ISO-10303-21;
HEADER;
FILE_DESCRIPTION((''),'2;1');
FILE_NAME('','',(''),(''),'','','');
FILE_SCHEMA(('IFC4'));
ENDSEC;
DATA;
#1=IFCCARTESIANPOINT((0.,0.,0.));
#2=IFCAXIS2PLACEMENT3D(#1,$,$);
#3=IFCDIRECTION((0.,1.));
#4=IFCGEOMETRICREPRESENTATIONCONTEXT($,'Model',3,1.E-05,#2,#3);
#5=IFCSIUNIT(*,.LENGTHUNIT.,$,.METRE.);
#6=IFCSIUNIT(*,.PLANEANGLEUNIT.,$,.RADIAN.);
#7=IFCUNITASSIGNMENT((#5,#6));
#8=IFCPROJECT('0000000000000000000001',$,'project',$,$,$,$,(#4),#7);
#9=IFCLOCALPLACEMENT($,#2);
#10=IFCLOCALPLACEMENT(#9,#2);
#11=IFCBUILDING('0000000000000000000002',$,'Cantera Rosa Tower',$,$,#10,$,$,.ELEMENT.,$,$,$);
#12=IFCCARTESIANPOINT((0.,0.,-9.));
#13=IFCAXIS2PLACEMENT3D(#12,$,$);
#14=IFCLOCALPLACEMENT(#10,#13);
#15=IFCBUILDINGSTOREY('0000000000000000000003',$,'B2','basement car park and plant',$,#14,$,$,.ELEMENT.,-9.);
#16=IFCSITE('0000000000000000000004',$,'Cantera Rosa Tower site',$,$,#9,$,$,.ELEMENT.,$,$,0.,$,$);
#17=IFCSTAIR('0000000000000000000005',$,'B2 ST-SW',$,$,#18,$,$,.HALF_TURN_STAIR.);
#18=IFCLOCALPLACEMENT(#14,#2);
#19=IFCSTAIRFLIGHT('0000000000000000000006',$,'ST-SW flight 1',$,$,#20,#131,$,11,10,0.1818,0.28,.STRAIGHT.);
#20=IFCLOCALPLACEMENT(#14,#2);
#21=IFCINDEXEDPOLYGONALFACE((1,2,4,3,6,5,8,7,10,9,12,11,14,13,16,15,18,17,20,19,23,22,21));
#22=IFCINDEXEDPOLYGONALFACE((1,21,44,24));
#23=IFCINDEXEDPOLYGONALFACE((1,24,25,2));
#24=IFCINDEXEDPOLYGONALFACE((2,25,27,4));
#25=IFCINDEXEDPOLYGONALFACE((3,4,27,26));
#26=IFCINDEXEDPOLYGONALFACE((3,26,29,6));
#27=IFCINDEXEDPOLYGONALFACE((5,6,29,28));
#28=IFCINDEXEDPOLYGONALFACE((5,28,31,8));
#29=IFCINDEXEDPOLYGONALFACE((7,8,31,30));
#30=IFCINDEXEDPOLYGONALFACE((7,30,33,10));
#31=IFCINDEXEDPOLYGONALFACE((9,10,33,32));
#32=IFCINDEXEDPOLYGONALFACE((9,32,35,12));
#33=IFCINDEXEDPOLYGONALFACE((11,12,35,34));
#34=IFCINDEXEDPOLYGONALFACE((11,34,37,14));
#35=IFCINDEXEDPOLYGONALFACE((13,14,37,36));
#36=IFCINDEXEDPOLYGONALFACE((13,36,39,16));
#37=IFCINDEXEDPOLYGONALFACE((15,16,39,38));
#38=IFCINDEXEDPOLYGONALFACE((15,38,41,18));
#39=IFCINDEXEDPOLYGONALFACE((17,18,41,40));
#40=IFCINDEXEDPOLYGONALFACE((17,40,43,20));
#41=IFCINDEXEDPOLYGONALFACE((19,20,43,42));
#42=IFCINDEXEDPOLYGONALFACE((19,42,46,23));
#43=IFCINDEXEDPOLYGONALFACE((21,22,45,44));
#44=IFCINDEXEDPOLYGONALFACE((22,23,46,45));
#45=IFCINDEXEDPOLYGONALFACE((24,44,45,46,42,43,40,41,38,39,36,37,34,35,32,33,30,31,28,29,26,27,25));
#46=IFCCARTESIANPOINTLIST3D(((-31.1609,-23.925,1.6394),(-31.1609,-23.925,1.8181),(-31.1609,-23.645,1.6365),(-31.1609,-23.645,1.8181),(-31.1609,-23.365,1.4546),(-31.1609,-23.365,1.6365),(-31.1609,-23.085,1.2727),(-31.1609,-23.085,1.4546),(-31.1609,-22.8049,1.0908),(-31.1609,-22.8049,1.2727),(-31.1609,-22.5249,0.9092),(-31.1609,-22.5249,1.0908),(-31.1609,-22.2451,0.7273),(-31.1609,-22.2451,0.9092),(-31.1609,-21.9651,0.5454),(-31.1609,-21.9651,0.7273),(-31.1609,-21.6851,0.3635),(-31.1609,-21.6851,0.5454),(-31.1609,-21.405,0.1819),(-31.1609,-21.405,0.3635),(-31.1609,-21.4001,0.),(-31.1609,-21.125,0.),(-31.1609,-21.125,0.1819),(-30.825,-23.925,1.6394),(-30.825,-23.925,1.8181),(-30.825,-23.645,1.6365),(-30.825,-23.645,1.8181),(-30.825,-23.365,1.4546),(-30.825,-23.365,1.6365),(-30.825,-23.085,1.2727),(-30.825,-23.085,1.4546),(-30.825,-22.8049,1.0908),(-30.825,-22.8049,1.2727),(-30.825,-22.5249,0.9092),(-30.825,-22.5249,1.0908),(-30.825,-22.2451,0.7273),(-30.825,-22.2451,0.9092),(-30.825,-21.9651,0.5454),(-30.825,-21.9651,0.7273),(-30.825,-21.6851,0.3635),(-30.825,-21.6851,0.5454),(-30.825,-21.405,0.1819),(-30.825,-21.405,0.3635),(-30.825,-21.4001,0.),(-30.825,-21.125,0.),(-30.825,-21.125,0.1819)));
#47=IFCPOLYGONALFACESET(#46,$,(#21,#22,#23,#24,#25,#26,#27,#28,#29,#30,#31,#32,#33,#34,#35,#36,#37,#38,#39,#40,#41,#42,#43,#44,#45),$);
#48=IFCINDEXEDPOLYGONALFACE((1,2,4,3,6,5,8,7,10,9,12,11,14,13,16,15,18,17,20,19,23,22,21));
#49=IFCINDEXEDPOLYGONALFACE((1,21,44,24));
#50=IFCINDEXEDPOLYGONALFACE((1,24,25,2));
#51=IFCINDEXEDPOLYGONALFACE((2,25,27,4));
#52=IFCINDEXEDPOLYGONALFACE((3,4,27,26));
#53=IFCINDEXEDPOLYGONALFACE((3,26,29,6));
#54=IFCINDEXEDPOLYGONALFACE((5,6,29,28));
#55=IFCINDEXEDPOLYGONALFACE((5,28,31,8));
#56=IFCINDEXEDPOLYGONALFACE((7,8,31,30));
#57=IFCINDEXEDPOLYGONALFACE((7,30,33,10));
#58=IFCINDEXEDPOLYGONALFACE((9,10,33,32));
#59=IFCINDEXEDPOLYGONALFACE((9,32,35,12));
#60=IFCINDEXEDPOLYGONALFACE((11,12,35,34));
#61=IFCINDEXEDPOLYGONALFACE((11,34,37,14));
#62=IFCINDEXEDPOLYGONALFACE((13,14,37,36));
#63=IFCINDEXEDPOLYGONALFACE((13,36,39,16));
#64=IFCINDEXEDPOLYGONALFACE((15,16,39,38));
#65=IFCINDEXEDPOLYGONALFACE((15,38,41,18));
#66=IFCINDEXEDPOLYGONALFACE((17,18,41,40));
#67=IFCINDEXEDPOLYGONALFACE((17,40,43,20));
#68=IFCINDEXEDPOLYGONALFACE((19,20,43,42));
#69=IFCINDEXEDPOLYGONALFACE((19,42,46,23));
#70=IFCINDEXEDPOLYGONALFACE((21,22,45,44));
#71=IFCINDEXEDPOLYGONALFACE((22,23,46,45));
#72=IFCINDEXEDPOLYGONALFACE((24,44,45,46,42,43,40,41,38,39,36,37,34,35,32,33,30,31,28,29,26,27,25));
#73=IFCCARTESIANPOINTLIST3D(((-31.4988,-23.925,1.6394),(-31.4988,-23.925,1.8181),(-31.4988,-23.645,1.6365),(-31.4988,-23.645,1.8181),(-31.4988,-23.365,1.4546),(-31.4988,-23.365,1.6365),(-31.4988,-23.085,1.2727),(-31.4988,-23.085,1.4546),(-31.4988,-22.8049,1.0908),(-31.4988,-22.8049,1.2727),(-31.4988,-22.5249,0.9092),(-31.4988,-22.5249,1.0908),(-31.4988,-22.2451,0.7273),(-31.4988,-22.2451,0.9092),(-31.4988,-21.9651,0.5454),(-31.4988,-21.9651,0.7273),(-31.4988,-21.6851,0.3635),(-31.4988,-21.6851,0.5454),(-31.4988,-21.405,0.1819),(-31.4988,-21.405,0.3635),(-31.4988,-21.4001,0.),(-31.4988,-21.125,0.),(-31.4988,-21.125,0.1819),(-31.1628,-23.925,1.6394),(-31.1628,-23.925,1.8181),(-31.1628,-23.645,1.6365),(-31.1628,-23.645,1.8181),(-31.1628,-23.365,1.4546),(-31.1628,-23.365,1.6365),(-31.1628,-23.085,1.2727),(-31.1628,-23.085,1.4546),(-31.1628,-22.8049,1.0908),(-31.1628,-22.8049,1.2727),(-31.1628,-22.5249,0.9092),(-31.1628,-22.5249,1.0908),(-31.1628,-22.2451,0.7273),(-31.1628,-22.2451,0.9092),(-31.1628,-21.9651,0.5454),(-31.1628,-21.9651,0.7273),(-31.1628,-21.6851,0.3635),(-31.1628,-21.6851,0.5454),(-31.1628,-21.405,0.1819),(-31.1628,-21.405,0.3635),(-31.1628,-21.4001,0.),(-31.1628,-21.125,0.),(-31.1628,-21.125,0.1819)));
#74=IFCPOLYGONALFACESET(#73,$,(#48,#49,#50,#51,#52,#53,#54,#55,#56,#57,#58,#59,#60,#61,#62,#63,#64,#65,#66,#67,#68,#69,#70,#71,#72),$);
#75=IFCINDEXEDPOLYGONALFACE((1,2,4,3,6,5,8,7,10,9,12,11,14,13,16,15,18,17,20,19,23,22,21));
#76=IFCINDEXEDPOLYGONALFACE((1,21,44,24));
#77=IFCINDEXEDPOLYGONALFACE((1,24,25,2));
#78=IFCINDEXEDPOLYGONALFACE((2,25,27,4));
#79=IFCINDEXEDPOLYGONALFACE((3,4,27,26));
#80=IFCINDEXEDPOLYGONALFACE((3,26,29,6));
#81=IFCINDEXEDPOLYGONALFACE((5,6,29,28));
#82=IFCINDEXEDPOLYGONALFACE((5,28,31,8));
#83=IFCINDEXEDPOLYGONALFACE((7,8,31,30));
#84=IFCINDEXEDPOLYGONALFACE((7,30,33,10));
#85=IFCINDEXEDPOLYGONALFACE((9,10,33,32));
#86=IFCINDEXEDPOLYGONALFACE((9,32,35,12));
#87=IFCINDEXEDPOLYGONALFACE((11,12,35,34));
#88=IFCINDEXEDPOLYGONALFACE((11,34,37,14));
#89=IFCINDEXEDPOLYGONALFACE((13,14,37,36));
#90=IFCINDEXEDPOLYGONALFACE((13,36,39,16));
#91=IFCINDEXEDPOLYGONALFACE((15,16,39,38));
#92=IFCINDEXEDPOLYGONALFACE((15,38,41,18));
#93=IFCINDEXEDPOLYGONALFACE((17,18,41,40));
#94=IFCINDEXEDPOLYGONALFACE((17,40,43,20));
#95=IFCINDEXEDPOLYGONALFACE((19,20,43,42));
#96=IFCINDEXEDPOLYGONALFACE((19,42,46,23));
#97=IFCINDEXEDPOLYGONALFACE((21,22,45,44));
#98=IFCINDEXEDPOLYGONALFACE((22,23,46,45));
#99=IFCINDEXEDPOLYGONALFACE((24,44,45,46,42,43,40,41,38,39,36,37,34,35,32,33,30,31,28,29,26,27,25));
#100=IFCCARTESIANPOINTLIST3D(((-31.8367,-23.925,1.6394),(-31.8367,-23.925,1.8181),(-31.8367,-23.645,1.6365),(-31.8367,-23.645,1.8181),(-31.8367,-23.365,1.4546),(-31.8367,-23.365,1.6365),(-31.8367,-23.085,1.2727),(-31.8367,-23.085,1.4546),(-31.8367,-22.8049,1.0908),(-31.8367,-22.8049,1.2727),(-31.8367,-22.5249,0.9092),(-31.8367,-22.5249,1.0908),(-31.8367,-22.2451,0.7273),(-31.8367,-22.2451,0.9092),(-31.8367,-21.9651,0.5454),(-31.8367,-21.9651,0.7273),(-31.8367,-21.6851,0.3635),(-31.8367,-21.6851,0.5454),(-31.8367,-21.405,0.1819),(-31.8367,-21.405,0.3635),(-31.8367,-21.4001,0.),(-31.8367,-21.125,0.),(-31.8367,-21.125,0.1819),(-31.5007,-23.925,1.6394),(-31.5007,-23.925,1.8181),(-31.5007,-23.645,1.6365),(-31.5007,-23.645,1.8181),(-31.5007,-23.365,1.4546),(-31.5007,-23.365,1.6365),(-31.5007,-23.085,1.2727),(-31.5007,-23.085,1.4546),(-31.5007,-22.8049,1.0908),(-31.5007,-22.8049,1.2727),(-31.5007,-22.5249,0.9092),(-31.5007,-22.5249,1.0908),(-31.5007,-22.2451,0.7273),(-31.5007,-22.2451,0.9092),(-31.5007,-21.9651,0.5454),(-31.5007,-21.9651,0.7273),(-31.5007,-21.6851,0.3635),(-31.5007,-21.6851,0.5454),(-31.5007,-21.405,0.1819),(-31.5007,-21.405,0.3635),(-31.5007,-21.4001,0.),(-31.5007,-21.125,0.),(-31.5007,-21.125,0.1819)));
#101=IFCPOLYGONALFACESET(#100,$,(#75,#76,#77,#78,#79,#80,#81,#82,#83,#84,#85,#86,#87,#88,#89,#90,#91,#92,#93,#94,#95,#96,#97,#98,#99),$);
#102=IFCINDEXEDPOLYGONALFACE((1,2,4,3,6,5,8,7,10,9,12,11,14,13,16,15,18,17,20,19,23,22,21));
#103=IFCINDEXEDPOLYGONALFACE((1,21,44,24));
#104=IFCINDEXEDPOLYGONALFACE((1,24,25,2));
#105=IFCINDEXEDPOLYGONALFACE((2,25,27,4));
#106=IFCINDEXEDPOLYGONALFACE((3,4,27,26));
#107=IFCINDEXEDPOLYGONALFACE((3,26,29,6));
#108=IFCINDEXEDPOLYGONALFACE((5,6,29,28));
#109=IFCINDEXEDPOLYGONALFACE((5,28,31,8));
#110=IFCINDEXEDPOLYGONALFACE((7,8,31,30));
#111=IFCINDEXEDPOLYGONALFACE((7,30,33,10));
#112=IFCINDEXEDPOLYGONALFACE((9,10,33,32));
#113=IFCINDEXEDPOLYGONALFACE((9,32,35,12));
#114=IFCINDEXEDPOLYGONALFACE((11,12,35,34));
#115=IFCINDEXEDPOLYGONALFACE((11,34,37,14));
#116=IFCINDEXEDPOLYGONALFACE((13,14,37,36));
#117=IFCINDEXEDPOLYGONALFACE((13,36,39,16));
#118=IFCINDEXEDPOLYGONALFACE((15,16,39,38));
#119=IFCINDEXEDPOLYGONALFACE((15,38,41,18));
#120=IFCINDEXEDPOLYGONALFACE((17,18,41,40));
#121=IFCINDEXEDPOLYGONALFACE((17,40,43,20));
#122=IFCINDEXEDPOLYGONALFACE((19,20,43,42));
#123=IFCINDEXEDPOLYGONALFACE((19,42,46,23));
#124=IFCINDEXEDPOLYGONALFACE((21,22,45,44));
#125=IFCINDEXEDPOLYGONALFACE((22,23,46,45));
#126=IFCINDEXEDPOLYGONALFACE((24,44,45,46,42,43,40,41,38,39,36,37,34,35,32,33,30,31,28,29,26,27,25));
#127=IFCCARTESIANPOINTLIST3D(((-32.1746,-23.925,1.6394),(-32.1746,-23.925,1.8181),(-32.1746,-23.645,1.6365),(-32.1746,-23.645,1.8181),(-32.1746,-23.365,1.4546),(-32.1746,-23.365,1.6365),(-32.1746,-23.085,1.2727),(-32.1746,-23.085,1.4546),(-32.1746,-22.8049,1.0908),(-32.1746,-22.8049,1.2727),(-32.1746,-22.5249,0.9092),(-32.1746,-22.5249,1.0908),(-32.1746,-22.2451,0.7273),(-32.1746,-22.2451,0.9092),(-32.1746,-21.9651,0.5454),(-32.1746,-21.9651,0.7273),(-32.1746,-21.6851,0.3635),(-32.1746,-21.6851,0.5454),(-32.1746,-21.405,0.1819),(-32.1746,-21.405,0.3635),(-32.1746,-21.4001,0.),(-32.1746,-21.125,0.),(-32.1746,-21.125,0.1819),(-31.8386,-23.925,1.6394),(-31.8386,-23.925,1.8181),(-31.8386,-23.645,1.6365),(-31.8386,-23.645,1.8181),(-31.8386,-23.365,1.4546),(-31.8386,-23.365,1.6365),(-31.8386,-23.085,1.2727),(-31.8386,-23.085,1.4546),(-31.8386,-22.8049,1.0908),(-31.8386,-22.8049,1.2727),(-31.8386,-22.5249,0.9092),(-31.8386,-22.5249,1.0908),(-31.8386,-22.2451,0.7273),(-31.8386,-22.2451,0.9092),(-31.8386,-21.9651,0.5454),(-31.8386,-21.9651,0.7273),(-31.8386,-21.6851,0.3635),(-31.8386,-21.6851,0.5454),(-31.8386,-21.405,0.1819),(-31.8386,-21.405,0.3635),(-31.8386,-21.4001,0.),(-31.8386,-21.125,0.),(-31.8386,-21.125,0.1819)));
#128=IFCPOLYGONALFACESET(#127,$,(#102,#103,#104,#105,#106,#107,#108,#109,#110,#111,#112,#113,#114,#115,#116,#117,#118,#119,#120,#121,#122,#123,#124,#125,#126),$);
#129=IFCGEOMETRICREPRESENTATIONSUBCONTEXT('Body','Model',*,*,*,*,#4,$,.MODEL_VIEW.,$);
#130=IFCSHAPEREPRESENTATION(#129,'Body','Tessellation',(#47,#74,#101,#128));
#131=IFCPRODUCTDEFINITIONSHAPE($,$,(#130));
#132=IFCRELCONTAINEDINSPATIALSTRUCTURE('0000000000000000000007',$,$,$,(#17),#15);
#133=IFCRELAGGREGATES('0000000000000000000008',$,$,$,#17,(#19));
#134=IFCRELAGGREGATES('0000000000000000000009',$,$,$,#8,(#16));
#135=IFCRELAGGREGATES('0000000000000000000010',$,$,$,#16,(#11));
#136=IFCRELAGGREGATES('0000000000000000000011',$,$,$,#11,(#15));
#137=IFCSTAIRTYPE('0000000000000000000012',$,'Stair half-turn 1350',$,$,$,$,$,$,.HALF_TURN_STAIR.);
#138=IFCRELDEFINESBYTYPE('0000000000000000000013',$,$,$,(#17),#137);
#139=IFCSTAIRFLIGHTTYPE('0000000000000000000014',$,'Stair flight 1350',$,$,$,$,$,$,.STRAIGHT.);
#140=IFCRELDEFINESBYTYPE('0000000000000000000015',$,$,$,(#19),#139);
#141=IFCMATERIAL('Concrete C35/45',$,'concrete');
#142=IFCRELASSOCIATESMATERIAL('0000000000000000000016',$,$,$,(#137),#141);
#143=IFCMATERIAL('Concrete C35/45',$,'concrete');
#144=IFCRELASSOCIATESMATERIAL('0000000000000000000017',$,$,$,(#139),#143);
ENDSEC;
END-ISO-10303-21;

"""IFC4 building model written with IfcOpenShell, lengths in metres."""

from ifc_helpers import new_model, si_unit, direction, frame, origin, place, context, subcontext, project, spatial, polyline, outline, extrude, material, type_object, element, aggregate, save


model = new_model("IFC4")

# Units and contexts
model_context = context("Model", 3, precision=1e-05, world=origin(), true_north=direction((0.0, 1.0)))
body_context = subcontext(model_context, "Body", "Model", "MODEL_VIEW")
ifc_project = project(units=[si_unit("LENGTHUNIT", "METRE"), si_unit("PLANEANGLEUNIT", "RADIAN")], contexts=[model_context])

# Site, building, storey
site_placement = place(None, origin())
site = spatial("IfcSite", under=ifc_project, at=site_placement, Name="Cantera Rosa Tower site", CompositionType="ELEMENT", RefElevation=0.0)
building_placement = place(site_placement, origin())
building = spatial("IfcBuilding", under=site, at=building_placement, Name="Cantera Rosa Tower", CompositionType="ELEMENT")
storey_placement = place(building_placement, frame((0.0, 0.0, -9.0)))
storey = spatial("IfcBuildingStorey", under=building, at=storey_placement, Name="B2", Description="basement car park and plant", CompositionType="ELEMENT", Elevation=-9.0)

# Stair, stair flight
ifc_material_1 = material(Name="Concrete C35/45", Category="concrete")
stair_type = type_object("IfcStairType", Name="Stair half-turn 1350", PredefinedType="HALF_TURN_STAIR", material=ifc_material_1)
stair_placement = place(storey_placement, origin())
stair = element("IfcStair", 1, at=stair_placement, inside=storey, type_object=stair_type, Name="B2 ST-SW", PredefinedType="HALF_TURN_STAIR")
ifc_material_2 = material(Name="Concrete C35/45", Category="concrete")
stair_flight_type = type_object("IfcStairFlightType", Name="Stair flight 1350", PredefinedType="STRAIGHT", material=ifc_material_2)
stair_flight_1_placement = place(storey_placement, frame((-31.5, -21.125, 0.0), z_axis=(0.0, 0.0, 1.0), x_axis=(0.0, -1.0, 0.0)))
stair_flight_1 = element("IfcStairFlight", 2, at=stair_flight_1_placement, type_object=stair_flight_type, Name="ST-SW flight 1", NumberOfRisers=11, NumberOfTreads=10, PredefinedType="STRAIGHT", RiserHeight=0.1818, TreadLength=0.28, context=body_context, shape_type="SweptSolid", body=[
    extrude(outline(polyline([(0.0, 0.0), (0.0, 0.1819), (0.28, 0.1819), (0.28, 0.3635), (0.5601, 0.3635), (0.5601, 0.5454), (0.8401, 0.5454), (0.8401, 0.7273), (1.1201, 0.7273), (1.1201, 0.9092), (1.3999, 0.9092), (1.3999, 1.0908), (1.6799, 1.0908), (1.6799, 1.2727), (1.96, 1.2727), (1.96, 1.4546), (2.24, 1.4546), (2.24, 1.6365), (2.52, 1.6365), (2.52, 1.8181), (2.8, 1.8181), (2.8, 2.0), (2.8, 1.6394), (0.2751, 0.0), (0.0, 0.0)])), frame((0.0, 0.675, 0.0), z_axis=(0.0, -1.0, 0.0), x_axis=(1.0, 0.0, 0.0)), (0.0, 0.0, 1.0), 0.3359),
    extrude(outline(polyline([(0.0, 0.0), (0.0, 0.1819), (0.28, 0.1819), (0.28, 0.3635), (0.5601, 0.3635), (0.5601, 0.5454), (0.8401, 0.5454), (0.8401, 0.7273), (1.1201, 0.7273), (1.1201, 0.9092), (1.3999, 0.9092), (1.3999, 1.0908), (1.6799, 1.0908), (1.6799, 1.2727), (1.96, 1.2727), (1.96, 1.4546), (2.24, 1.4546), (2.24, 1.6365), (2.52, 1.6365), (2.52, 1.8181), (2.8, 1.8181), (2.8, 2.0), (2.8, 1.6394), (0.2751, 0.0), (0.0, 0.0)])), frame((0.0, 0.3372, 0.0), z_axis=(0.0, -1.0, 0.0), x_axis=(1.0, 0.0, 0.0)), (0.0, 0.0, 1.0), 0.3359),
    extrude(outline(polyline([(0.0, 0.0), (0.0, 0.1819), (0.28, 0.1819), (0.28, 0.3635), (0.5601, 0.3635), (0.5601, 0.5454), (0.8401, 0.5454), (0.8401, 0.7273), (1.1201, 0.7273), (1.1201, 0.9092), (1.3999, 0.9092), (1.3999, 1.0908), (1.6799, 1.0908), (1.6799, 1.2727), (1.96, 1.2727), (1.96, 1.4546), (2.24, 1.4546), (2.24, 1.6365), (2.52, 1.6365), (2.52, 1.8181), (2.8, 1.8181), (2.8, 2.0), (2.8, 1.6394), (0.2751, 0.0), (0.0, 0.0)])), frame((0.0, -0.0007, 0.0), z_axis=(0.0, -1.0, 0.0), x_axis=(1.0, 0.0, 0.0)), (0.0, 0.0, 1.0), 0.3359),
    extrude(outline(polyline([(0.0, 0.0), (0.0, 0.1819), (0.28, 0.1819), (0.28, 0.3635), (0.5601, 0.3635), (0.5601, 0.5454), (0.8401, 0.5454), (0.8401, 0.7273), (1.1201, 0.7273), (1.1201, 0.9092), (1.3999, 0.9092), (1.3999, 1.0908), (1.6799, 1.0908), (1.6799, 1.2727), (1.96, 1.2727), (1.96, 1.4546), (2.24, 1.4546), (2.24, 1.6365), (2.52, 1.6365), (2.52, 1.8181), (2.8, 1.8181), (2.8, 2.0), (2.8, 1.6394), (0.2751, 0.0), (0.0, 0.0)])), frame((0.0, -0.3386, 0.0), z_axis=(0.0, -1.0, 0.0), x_axis=(1.0, 0.0, 0.0)), (0.0, 0.0, 1.0), 0.3359),
])
aggregate(stair, [stair_flight_1])

save(model, "model.ifc")
